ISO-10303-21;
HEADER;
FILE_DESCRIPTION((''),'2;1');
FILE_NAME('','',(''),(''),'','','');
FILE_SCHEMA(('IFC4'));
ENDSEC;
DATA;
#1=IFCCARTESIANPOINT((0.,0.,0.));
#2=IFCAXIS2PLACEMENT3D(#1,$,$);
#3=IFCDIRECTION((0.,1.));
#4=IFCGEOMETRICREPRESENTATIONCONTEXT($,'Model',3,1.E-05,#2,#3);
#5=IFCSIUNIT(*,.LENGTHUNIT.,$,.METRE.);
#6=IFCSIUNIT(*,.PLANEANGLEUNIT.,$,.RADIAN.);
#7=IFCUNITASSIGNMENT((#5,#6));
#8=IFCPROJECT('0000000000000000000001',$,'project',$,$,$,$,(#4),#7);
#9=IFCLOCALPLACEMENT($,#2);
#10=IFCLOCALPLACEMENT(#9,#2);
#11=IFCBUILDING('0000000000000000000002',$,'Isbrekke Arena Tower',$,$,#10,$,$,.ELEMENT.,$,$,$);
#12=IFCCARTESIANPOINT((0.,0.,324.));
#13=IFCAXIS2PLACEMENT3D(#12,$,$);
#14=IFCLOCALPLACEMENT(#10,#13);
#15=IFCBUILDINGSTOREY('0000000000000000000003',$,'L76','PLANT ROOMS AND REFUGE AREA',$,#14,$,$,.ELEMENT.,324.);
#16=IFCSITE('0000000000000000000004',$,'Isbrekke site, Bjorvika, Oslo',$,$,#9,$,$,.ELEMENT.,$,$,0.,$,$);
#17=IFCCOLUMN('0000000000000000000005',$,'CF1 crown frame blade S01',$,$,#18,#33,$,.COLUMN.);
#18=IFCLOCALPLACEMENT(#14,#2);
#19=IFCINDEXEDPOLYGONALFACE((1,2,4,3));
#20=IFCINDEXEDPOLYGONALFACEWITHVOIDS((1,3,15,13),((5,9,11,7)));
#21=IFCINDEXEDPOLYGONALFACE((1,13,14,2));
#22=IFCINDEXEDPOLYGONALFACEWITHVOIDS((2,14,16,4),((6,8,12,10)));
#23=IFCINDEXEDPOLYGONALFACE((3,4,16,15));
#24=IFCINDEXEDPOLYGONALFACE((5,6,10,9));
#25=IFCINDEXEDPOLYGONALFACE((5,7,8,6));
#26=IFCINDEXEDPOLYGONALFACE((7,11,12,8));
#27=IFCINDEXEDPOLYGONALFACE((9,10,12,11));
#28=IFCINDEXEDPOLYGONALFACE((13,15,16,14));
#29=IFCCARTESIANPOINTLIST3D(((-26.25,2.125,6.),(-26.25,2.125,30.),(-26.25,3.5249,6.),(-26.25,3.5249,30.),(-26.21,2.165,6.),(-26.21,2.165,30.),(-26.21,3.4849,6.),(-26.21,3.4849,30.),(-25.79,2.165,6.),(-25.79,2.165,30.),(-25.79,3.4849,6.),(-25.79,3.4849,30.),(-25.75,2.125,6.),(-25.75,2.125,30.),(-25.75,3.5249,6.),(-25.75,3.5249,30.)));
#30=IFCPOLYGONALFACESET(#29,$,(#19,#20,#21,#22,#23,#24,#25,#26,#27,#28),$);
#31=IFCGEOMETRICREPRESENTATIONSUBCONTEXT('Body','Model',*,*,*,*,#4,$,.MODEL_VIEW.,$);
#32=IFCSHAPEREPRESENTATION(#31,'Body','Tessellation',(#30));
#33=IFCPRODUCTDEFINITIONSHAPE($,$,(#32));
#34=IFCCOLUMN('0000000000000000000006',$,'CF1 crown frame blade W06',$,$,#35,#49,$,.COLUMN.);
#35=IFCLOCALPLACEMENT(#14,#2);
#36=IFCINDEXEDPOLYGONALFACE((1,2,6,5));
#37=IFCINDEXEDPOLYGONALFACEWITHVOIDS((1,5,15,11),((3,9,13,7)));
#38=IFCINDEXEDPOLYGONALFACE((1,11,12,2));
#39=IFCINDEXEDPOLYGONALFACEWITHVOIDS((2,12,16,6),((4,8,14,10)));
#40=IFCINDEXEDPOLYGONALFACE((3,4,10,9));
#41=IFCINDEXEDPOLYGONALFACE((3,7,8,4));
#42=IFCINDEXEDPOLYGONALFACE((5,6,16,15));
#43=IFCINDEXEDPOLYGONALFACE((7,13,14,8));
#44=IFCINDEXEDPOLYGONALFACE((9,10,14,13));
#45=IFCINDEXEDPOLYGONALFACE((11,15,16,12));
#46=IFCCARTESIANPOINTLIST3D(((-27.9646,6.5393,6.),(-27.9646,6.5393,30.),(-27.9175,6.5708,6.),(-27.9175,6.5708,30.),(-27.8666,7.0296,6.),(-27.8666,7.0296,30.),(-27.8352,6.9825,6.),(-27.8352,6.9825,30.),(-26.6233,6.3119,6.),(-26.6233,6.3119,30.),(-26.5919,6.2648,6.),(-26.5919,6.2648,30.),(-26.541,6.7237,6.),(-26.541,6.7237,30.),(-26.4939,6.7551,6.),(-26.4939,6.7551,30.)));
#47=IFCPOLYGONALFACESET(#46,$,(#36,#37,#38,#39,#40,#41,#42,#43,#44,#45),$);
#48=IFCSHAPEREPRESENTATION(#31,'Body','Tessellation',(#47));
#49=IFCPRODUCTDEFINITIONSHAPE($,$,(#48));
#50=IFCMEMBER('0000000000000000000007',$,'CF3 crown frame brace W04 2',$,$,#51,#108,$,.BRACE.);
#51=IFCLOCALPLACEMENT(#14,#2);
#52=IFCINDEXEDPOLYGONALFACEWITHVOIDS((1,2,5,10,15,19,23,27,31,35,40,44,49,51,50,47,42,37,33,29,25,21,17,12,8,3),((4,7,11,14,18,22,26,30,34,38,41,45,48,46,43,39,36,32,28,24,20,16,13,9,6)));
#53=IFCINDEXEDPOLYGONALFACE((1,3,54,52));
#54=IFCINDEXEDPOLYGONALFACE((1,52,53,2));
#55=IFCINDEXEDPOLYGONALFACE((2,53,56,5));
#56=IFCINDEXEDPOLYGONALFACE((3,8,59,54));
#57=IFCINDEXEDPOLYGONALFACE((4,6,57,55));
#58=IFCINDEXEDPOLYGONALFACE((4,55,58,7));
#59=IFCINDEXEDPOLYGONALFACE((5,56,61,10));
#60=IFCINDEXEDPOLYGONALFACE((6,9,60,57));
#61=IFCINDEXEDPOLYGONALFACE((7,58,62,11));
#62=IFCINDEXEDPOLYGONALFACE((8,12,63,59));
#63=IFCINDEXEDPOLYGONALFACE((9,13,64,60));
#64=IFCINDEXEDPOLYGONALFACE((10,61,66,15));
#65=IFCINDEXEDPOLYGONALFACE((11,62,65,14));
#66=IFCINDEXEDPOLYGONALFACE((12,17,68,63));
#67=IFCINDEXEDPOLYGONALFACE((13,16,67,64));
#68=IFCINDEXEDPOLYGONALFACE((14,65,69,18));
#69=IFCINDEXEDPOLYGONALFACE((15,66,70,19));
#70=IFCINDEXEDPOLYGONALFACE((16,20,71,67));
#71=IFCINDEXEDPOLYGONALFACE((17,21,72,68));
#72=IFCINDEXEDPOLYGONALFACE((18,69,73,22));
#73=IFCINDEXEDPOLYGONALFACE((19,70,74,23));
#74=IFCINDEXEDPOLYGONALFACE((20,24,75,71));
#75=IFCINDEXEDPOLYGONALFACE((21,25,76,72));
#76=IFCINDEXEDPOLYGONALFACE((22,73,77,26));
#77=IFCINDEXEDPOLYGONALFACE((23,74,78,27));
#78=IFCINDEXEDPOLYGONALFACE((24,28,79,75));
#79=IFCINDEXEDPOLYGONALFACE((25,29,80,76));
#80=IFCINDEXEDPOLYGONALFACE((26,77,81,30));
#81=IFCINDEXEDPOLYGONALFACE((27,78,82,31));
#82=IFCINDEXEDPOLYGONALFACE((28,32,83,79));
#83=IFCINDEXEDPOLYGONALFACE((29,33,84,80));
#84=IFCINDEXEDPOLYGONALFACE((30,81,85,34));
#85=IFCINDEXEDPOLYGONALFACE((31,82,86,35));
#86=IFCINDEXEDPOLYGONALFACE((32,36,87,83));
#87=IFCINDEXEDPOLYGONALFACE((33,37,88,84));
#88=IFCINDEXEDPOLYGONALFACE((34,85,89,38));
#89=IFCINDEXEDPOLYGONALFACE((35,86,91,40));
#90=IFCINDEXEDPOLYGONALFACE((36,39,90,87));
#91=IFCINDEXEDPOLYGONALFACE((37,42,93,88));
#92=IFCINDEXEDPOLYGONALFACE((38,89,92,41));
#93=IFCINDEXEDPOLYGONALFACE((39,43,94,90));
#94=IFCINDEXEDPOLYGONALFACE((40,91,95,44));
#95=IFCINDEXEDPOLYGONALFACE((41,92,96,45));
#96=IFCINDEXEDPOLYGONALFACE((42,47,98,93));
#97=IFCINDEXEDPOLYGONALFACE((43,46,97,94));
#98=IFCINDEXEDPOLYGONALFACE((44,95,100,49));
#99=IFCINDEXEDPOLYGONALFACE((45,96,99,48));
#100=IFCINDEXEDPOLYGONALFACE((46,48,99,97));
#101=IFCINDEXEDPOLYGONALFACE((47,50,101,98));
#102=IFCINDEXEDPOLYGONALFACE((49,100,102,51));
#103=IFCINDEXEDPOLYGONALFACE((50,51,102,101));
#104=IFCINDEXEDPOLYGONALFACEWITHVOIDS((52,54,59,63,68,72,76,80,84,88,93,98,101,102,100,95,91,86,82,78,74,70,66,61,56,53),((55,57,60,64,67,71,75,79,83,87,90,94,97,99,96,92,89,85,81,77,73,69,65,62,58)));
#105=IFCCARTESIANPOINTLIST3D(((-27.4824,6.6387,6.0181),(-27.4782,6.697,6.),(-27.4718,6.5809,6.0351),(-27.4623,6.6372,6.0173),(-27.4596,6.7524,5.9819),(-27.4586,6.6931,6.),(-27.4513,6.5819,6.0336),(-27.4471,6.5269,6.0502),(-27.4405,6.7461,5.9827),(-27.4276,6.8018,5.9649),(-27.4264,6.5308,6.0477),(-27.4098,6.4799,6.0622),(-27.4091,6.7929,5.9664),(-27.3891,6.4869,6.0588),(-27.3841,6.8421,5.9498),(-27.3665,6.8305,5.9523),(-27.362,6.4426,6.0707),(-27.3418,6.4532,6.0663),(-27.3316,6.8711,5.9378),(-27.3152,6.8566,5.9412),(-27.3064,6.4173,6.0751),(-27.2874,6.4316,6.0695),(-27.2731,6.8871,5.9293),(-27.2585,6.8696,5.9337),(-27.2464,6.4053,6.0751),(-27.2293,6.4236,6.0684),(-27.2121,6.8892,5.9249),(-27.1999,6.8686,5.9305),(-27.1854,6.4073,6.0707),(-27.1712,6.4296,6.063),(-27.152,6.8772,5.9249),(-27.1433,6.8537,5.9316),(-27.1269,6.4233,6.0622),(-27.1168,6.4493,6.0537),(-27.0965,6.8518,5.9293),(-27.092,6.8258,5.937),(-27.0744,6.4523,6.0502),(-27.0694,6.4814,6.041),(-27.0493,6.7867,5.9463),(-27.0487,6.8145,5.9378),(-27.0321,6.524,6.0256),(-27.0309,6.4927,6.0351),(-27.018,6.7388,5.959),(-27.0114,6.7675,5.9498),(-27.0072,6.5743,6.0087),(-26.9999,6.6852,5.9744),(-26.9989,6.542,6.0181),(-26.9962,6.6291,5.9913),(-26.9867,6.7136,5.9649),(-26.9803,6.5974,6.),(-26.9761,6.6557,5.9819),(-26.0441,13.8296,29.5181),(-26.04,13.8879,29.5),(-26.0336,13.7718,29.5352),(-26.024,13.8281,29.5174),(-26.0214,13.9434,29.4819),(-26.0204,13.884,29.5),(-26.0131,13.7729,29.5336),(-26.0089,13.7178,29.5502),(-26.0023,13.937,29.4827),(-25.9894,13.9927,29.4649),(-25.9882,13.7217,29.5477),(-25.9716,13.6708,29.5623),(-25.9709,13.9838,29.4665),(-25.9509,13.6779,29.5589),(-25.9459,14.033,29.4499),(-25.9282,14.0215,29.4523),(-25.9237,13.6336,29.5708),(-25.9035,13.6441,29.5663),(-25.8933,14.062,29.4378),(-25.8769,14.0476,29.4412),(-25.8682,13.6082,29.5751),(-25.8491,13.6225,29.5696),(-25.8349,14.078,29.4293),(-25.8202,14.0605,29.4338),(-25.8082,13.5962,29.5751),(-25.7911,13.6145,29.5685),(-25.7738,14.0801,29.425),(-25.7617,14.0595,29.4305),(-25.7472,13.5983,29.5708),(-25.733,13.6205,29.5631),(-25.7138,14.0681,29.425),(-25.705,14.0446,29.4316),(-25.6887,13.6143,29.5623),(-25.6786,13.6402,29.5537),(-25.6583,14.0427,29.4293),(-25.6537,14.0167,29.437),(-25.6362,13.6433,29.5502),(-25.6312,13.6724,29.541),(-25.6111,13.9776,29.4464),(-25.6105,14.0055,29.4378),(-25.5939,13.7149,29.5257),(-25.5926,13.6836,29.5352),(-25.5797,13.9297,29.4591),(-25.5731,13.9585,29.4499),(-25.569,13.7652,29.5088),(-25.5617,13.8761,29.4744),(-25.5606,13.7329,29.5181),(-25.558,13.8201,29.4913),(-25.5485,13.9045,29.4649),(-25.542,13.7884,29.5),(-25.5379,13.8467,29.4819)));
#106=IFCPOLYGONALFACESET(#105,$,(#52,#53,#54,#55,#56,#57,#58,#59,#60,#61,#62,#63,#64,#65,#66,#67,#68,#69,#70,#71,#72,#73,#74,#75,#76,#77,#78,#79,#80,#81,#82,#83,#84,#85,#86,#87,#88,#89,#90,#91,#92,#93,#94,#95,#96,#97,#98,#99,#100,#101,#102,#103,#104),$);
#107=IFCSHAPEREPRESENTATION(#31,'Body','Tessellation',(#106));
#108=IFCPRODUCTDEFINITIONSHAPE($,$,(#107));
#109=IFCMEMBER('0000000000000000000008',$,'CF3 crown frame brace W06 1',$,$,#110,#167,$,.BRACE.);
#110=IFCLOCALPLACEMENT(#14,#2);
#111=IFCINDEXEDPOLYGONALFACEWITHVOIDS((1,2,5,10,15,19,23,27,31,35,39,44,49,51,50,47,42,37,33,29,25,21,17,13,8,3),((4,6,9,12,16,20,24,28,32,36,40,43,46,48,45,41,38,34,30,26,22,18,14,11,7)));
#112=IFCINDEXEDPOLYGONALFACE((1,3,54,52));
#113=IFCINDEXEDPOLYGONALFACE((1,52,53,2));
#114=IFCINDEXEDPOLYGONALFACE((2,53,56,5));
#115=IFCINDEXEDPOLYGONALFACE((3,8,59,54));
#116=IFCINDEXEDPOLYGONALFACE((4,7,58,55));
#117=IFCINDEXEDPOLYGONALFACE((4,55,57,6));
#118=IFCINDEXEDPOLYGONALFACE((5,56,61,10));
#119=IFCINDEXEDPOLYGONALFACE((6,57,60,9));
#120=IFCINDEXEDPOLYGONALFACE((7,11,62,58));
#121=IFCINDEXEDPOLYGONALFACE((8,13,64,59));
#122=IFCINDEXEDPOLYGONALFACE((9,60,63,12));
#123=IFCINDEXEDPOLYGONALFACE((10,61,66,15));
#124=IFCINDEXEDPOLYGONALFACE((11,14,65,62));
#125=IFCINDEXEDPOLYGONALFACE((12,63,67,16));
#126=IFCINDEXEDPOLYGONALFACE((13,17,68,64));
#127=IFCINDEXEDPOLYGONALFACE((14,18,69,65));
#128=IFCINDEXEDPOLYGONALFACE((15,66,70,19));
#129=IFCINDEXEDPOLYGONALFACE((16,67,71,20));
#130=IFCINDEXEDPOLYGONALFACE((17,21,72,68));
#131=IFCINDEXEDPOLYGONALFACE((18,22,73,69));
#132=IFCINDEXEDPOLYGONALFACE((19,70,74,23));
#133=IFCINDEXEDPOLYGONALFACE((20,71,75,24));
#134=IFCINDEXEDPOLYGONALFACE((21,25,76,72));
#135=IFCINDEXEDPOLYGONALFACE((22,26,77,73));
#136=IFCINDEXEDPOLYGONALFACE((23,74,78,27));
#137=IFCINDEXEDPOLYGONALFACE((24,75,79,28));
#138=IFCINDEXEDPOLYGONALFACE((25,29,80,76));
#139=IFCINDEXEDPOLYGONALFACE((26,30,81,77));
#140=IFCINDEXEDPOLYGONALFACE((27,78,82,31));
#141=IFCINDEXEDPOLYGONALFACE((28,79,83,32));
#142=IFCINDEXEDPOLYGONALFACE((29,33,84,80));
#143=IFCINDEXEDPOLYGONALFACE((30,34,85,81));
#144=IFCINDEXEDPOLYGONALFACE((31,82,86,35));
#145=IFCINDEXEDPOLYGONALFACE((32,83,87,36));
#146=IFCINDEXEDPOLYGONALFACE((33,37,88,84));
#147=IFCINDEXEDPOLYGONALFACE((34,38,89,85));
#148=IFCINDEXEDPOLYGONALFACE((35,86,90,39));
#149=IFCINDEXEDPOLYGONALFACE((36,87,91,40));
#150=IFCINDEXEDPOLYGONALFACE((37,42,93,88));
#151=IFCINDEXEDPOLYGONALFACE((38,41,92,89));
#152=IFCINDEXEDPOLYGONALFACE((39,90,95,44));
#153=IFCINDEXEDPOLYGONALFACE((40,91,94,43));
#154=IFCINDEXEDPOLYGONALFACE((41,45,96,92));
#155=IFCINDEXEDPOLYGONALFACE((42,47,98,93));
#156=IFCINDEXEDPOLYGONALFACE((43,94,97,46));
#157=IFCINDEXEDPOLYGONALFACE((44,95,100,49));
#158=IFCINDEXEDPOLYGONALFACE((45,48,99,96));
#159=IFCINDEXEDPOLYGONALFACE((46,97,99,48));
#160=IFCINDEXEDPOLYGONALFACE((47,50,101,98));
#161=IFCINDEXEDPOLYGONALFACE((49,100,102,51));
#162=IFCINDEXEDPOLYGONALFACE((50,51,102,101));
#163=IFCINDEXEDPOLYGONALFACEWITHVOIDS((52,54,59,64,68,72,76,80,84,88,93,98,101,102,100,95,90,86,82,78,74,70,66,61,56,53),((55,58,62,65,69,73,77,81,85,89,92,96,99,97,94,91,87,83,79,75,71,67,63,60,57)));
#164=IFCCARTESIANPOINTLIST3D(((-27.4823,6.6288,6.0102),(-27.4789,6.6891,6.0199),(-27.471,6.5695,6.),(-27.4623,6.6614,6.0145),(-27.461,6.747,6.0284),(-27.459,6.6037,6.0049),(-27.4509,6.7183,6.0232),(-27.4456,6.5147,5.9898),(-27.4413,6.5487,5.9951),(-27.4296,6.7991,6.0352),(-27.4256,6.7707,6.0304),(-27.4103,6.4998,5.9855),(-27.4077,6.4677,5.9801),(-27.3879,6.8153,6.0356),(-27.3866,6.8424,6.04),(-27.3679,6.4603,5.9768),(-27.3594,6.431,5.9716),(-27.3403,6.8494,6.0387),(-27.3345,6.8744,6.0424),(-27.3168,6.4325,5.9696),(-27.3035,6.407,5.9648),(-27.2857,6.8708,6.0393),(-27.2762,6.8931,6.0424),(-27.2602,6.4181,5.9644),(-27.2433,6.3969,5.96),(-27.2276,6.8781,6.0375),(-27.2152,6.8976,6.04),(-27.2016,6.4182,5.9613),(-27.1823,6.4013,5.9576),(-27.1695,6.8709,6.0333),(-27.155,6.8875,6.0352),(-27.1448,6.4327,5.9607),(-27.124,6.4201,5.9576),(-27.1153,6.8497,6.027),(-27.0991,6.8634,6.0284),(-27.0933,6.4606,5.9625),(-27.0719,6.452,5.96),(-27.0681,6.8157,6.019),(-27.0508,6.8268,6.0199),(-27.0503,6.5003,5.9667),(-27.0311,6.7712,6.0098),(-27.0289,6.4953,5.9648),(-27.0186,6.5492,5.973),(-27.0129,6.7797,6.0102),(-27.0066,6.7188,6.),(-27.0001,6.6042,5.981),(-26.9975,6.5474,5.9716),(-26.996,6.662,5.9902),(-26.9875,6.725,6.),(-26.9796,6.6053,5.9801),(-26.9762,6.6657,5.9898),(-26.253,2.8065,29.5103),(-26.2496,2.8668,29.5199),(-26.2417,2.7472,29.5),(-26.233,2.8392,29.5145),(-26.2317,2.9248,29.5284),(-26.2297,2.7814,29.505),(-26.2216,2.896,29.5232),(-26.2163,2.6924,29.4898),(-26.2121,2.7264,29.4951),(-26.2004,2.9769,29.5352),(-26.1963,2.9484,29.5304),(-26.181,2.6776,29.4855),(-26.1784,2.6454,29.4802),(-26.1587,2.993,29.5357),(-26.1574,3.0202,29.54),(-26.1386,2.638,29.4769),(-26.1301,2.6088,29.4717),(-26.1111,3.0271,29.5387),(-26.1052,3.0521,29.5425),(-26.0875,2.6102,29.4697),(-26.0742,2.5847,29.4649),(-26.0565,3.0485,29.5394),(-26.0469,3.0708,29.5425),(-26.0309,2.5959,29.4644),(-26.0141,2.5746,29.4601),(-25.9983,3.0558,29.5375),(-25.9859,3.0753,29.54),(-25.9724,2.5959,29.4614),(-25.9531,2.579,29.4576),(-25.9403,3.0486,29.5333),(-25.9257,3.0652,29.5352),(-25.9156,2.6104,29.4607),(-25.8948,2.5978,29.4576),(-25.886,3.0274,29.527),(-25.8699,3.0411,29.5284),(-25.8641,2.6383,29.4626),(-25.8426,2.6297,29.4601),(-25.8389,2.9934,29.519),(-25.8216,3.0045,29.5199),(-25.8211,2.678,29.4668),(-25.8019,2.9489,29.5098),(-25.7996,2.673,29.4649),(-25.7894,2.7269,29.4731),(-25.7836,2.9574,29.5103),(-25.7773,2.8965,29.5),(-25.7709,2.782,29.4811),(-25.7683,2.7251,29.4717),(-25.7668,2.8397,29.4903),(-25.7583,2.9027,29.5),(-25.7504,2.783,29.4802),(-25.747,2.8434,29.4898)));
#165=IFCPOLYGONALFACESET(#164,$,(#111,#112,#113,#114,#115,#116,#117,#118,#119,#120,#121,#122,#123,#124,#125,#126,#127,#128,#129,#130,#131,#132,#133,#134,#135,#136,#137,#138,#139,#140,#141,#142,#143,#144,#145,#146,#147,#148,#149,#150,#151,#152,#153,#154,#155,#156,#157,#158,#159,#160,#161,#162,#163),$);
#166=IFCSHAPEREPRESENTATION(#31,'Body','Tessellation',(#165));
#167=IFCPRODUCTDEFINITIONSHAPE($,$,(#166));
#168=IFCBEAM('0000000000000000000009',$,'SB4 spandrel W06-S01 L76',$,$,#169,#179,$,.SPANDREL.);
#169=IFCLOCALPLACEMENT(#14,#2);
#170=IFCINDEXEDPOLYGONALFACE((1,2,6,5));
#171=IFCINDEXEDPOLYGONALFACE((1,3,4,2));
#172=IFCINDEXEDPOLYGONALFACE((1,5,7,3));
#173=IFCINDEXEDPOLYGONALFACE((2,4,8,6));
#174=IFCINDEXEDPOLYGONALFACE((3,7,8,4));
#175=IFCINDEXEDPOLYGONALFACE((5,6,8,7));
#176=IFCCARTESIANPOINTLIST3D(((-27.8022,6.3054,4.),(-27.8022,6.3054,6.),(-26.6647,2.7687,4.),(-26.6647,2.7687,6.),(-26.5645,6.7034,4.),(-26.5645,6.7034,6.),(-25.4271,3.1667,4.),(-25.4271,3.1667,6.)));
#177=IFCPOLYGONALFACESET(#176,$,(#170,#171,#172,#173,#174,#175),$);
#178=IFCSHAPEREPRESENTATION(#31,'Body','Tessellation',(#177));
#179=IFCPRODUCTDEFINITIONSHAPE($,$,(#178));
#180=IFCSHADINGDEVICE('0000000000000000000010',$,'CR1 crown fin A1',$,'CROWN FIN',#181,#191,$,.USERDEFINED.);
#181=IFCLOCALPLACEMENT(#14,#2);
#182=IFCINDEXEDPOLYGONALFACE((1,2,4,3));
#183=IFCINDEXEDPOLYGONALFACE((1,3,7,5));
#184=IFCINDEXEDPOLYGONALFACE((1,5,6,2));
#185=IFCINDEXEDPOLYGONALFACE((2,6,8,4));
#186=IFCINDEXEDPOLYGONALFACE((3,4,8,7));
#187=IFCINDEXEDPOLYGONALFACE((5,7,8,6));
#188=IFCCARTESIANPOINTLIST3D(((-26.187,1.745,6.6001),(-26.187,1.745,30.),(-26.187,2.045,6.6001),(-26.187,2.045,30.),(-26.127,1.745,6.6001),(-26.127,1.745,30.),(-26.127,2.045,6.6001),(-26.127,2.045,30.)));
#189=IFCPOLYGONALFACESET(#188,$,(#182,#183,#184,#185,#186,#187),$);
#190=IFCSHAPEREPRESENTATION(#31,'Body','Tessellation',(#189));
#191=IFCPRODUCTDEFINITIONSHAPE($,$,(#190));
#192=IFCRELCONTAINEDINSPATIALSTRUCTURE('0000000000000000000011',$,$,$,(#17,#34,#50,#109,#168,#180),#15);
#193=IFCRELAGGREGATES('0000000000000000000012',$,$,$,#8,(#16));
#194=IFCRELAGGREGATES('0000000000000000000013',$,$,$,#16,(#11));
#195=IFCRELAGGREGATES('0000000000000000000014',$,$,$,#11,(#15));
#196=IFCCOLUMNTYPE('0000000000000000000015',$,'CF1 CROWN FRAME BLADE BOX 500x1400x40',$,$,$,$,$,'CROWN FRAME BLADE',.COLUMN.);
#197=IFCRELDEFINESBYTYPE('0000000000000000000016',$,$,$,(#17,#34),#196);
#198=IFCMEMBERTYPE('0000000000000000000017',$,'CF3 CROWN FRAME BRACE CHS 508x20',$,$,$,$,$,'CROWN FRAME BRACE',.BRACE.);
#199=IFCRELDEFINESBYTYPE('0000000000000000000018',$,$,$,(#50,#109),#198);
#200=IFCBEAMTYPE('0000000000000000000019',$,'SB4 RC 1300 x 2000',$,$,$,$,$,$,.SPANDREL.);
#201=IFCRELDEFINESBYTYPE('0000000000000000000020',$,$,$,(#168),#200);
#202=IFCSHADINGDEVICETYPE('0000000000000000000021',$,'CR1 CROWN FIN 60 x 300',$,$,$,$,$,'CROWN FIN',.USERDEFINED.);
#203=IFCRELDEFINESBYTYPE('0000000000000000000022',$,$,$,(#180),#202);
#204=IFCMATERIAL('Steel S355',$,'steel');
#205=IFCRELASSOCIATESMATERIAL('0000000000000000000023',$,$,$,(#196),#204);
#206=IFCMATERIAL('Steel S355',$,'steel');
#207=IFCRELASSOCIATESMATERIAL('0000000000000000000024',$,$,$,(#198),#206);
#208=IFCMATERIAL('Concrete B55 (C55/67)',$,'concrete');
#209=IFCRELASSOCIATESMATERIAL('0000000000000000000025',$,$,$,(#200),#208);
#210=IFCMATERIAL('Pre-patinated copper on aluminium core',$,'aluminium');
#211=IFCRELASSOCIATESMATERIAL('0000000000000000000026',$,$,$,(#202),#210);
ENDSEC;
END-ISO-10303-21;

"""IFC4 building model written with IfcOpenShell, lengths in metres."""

from ifc_helpers import new_model, si_unit, direction, frame, origin, origin_2d, place, context, subcontext, project, spatial, rectangle, hollow_rectangle, hollow_circle, extrude, material, material_profile, profile_set, type_object, element, save


model = new_model("IFC4")

# Units and contexts
model_context = context("Model", 3, precision=1e-05, world=origin(), true_north=direction((0.0, 1.0)))
body_context = subcontext(model_context, "Body", "Model", "MODEL_VIEW")
ifc_project = project(units=[si_unit("LENGTHUNIT", "METRE"), si_unit("PLANEANGLEUNIT", "RADIAN")], contexts=[model_context])

# Site, building, storey
site_placement = place(None, origin())
site = spatial("IfcSite", under=ifc_project, at=site_placement, Name="Isbrekke site, Bjorvika, Oslo", CompositionType="ELEMENT", RefElevation=0.0)
building_placement = place(site_placement, origin())
building = spatial("IfcBuilding", under=site, at=building_placement, Name="Isbrekke Arena Tower", CompositionType="ELEMENT")
storey_placement = place(building_placement, frame((0.0, 0.0, 324.0)))
storey = spatial("IfcBuildingStorey", under=building, at=storey_placement, Name="L76", Description="PLANT ROOMS AND REFUGE AREA", CompositionType="ELEMENT", Elevation=324.0)

# Columns
ifc_material_1 = material(Name="Steel S355", Category="steel")
ifc_material_profile_1 = material_profile(ifc_material_1, hollow_rectangle(XDim=0.5, YDim=1.3999, WallThickness=0.04, at=origin_2d()), Name="BOX 500x1400x40")
ifc_profile_set_1 = profile_set([ifc_material_profile_1], Name="Steel S355")
column_type = type_object("IfcColumnType", Name="CF1 CROWN FRAME BLADE BOX 500x1400x40", ElementType="CROWN FRAME BLADE", PredefinedType="COLUMN", material=ifc_profile_set_1)
for number, where, z_axis, x_axis, name in (
    (1, (-26.0, 2.825, 6.0), (0.0, 0.0, 1.0), (1.0, 0.0, 0.0), "CF1 crown frame blade S01"),
    (2, (-27.2292, 6.6472, 6.0), (0.0, 0.0, 1.0), (-0.196116, -0.980581, 0.0), "CF1 crown frame blade W06"),
):
    element("IfcColumn", number, at=place(storey_placement, frame(where, z_axis=z_axis, x_axis=x_axis)), inside=storey, type_object=column_type, Name=name, PredefinedType="COLUMN", context=body_context, shape_type="SweptSolid", body=[
        extrude(hollow_rectangle(XDim=0.5, YDim=1.3999, WallThickness=0.04, at=origin_2d()), origin(), (0.0, 0.0, 1.0), 24.0),
    ])

# Members
ifc_material_2 = material(Name="Steel S355", Category="steel")
ifc_material_profile_2 = material_profile(ifc_material_2, hollow_circle(Radius=0.2539, WallThickness=0.02, at=origin_2d()), Name="CHS 508x20")
ifc_profile_set_2 = profile_set([ifc_material_profile_2], Name="Steel S355")
member_type = type_object("IfcMemberType", Name="CF3 CROWN FRAME BRACE CHS 508x20", ElementType="CROWN FRAME BRACE", PredefinedType="BRACE", material=ifc_profile_set_2)
member_1_placement = place(storey_placement, frame((-27.2292, 6.6472, 6.0), z_axis=(0.058423, 0.292104, 0.9546), x_axis=(-0.980579, 0.196123, 0.0)))
element("IfcMember", 3, at=member_1_placement, inside=storey, type_object=member_type, Name="CF3 crown frame brace W04 2", PredefinedType="BRACE", context=body_context, shape_type="SweptSolid", body=[
    extrude(hollow_circle(Radius=0.2539, WallThickness=0.02, at=origin_2d()), origin(), (0.0, 0.0, 1.0), 24.6177),
])
member_2_placement = place(storey_placement, frame((-27.2292, 6.6472, 6.0), z_axis=(0.051561, -0.160326, 0.985716), x_axis=(0.95198, 0.306159, 0.0)))
element("IfcMember", 4, at=member_2_placement, inside=storey, type_object=member_type, Name="CF3 crown frame brace W06 1", PredefinedType="BRACE", context=body_context, shape_type="SweptSolid", body=[
    extrude(hollow_circle(Radius=0.2539, WallThickness=0.02, at=origin_2d()), origin(), (0.0, 0.0, 1.0), 23.8406),
])

# Beam
ifc_material_3 = material(Name="Concrete B55 (C55/67)", Category="concrete")
ifc_material_profile_3 = material_profile(ifc_material_3, rectangle(XDim=1.3, YDim=2.0, at=origin_2d()), Name="RC 1300x2000")
ifc_profile_set_3 = profile_set([ifc_material_profile_3], Name="Concrete B55 (C55/67)")
beam_type = type_object("IfcBeamType", Name="SB4 RC 1300 x 2000", PredefinedType="SPANDREL", material=ifc_profile_set_3)
beam_placement = place(storey_placement, frame((-27.1833, 6.5044, 5.0), z_axis=(0.306175, -0.951975, 0.0), x_axis=(0.951975, 0.306175, 0.0)))
element("IfcBeam", 5, at=beam_placement, inside=storey, type_object=beam_type, Name="SB4 spandrel W06-S01 L76", PredefinedType="SPANDREL", context=body_context, shape_type="SweptSolid", body=[
    extrude(rectangle(XDim=1.3, YDim=2.0, at=origin_2d()), origin(), (0.0, 0.0, 1.0), 3.7151),
])

# Shading device
ifc_material_4 = material(Name="Pre-patinated copper on aluminium core", Category="aluminium")
ifc_material_profile_4 = material_profile(ifc_material_4, rectangle(XDim=0.0601, YDim=0.3, at=origin_2d()), Name="FIN 60X300")
ifc_profile_set_4 = profile_set([ifc_material_profile_4], Name="Pre-patinated copper on aluminium core")
shading_device_type = type_object("IfcShadingDeviceType", Name="CR1 CROWN FIN 60 x 300", ElementType="CROWN FIN", PredefinedType="USERDEFINED", material=ifc_profile_set_4)
for number, where, z_axis, x_axis, name in (
    (6, (-26.157, 1.895, 6.6001), (0.0, 0.0, 1.0), (1.0, 0.0, 0.0), "CR1 crown fin A1"),
):
    element("IfcShadingDevice", number, at=place(storey_placement, frame(where, z_axis=z_axis, x_axis=x_axis)), inside=storey, type_object=shading_device_type, Name=name, ObjectType="CROWN FIN", PredefinedType="USERDEFINED", context=body_context, shape_type="SweptSolid", body=[
        extrude(rectangle(XDim=0.0601, YDim=0.3, at=origin_2d()), origin(), (0.0, 0.0, 1.0), 23.3999),
    ])

save(model, "model.ifc")
